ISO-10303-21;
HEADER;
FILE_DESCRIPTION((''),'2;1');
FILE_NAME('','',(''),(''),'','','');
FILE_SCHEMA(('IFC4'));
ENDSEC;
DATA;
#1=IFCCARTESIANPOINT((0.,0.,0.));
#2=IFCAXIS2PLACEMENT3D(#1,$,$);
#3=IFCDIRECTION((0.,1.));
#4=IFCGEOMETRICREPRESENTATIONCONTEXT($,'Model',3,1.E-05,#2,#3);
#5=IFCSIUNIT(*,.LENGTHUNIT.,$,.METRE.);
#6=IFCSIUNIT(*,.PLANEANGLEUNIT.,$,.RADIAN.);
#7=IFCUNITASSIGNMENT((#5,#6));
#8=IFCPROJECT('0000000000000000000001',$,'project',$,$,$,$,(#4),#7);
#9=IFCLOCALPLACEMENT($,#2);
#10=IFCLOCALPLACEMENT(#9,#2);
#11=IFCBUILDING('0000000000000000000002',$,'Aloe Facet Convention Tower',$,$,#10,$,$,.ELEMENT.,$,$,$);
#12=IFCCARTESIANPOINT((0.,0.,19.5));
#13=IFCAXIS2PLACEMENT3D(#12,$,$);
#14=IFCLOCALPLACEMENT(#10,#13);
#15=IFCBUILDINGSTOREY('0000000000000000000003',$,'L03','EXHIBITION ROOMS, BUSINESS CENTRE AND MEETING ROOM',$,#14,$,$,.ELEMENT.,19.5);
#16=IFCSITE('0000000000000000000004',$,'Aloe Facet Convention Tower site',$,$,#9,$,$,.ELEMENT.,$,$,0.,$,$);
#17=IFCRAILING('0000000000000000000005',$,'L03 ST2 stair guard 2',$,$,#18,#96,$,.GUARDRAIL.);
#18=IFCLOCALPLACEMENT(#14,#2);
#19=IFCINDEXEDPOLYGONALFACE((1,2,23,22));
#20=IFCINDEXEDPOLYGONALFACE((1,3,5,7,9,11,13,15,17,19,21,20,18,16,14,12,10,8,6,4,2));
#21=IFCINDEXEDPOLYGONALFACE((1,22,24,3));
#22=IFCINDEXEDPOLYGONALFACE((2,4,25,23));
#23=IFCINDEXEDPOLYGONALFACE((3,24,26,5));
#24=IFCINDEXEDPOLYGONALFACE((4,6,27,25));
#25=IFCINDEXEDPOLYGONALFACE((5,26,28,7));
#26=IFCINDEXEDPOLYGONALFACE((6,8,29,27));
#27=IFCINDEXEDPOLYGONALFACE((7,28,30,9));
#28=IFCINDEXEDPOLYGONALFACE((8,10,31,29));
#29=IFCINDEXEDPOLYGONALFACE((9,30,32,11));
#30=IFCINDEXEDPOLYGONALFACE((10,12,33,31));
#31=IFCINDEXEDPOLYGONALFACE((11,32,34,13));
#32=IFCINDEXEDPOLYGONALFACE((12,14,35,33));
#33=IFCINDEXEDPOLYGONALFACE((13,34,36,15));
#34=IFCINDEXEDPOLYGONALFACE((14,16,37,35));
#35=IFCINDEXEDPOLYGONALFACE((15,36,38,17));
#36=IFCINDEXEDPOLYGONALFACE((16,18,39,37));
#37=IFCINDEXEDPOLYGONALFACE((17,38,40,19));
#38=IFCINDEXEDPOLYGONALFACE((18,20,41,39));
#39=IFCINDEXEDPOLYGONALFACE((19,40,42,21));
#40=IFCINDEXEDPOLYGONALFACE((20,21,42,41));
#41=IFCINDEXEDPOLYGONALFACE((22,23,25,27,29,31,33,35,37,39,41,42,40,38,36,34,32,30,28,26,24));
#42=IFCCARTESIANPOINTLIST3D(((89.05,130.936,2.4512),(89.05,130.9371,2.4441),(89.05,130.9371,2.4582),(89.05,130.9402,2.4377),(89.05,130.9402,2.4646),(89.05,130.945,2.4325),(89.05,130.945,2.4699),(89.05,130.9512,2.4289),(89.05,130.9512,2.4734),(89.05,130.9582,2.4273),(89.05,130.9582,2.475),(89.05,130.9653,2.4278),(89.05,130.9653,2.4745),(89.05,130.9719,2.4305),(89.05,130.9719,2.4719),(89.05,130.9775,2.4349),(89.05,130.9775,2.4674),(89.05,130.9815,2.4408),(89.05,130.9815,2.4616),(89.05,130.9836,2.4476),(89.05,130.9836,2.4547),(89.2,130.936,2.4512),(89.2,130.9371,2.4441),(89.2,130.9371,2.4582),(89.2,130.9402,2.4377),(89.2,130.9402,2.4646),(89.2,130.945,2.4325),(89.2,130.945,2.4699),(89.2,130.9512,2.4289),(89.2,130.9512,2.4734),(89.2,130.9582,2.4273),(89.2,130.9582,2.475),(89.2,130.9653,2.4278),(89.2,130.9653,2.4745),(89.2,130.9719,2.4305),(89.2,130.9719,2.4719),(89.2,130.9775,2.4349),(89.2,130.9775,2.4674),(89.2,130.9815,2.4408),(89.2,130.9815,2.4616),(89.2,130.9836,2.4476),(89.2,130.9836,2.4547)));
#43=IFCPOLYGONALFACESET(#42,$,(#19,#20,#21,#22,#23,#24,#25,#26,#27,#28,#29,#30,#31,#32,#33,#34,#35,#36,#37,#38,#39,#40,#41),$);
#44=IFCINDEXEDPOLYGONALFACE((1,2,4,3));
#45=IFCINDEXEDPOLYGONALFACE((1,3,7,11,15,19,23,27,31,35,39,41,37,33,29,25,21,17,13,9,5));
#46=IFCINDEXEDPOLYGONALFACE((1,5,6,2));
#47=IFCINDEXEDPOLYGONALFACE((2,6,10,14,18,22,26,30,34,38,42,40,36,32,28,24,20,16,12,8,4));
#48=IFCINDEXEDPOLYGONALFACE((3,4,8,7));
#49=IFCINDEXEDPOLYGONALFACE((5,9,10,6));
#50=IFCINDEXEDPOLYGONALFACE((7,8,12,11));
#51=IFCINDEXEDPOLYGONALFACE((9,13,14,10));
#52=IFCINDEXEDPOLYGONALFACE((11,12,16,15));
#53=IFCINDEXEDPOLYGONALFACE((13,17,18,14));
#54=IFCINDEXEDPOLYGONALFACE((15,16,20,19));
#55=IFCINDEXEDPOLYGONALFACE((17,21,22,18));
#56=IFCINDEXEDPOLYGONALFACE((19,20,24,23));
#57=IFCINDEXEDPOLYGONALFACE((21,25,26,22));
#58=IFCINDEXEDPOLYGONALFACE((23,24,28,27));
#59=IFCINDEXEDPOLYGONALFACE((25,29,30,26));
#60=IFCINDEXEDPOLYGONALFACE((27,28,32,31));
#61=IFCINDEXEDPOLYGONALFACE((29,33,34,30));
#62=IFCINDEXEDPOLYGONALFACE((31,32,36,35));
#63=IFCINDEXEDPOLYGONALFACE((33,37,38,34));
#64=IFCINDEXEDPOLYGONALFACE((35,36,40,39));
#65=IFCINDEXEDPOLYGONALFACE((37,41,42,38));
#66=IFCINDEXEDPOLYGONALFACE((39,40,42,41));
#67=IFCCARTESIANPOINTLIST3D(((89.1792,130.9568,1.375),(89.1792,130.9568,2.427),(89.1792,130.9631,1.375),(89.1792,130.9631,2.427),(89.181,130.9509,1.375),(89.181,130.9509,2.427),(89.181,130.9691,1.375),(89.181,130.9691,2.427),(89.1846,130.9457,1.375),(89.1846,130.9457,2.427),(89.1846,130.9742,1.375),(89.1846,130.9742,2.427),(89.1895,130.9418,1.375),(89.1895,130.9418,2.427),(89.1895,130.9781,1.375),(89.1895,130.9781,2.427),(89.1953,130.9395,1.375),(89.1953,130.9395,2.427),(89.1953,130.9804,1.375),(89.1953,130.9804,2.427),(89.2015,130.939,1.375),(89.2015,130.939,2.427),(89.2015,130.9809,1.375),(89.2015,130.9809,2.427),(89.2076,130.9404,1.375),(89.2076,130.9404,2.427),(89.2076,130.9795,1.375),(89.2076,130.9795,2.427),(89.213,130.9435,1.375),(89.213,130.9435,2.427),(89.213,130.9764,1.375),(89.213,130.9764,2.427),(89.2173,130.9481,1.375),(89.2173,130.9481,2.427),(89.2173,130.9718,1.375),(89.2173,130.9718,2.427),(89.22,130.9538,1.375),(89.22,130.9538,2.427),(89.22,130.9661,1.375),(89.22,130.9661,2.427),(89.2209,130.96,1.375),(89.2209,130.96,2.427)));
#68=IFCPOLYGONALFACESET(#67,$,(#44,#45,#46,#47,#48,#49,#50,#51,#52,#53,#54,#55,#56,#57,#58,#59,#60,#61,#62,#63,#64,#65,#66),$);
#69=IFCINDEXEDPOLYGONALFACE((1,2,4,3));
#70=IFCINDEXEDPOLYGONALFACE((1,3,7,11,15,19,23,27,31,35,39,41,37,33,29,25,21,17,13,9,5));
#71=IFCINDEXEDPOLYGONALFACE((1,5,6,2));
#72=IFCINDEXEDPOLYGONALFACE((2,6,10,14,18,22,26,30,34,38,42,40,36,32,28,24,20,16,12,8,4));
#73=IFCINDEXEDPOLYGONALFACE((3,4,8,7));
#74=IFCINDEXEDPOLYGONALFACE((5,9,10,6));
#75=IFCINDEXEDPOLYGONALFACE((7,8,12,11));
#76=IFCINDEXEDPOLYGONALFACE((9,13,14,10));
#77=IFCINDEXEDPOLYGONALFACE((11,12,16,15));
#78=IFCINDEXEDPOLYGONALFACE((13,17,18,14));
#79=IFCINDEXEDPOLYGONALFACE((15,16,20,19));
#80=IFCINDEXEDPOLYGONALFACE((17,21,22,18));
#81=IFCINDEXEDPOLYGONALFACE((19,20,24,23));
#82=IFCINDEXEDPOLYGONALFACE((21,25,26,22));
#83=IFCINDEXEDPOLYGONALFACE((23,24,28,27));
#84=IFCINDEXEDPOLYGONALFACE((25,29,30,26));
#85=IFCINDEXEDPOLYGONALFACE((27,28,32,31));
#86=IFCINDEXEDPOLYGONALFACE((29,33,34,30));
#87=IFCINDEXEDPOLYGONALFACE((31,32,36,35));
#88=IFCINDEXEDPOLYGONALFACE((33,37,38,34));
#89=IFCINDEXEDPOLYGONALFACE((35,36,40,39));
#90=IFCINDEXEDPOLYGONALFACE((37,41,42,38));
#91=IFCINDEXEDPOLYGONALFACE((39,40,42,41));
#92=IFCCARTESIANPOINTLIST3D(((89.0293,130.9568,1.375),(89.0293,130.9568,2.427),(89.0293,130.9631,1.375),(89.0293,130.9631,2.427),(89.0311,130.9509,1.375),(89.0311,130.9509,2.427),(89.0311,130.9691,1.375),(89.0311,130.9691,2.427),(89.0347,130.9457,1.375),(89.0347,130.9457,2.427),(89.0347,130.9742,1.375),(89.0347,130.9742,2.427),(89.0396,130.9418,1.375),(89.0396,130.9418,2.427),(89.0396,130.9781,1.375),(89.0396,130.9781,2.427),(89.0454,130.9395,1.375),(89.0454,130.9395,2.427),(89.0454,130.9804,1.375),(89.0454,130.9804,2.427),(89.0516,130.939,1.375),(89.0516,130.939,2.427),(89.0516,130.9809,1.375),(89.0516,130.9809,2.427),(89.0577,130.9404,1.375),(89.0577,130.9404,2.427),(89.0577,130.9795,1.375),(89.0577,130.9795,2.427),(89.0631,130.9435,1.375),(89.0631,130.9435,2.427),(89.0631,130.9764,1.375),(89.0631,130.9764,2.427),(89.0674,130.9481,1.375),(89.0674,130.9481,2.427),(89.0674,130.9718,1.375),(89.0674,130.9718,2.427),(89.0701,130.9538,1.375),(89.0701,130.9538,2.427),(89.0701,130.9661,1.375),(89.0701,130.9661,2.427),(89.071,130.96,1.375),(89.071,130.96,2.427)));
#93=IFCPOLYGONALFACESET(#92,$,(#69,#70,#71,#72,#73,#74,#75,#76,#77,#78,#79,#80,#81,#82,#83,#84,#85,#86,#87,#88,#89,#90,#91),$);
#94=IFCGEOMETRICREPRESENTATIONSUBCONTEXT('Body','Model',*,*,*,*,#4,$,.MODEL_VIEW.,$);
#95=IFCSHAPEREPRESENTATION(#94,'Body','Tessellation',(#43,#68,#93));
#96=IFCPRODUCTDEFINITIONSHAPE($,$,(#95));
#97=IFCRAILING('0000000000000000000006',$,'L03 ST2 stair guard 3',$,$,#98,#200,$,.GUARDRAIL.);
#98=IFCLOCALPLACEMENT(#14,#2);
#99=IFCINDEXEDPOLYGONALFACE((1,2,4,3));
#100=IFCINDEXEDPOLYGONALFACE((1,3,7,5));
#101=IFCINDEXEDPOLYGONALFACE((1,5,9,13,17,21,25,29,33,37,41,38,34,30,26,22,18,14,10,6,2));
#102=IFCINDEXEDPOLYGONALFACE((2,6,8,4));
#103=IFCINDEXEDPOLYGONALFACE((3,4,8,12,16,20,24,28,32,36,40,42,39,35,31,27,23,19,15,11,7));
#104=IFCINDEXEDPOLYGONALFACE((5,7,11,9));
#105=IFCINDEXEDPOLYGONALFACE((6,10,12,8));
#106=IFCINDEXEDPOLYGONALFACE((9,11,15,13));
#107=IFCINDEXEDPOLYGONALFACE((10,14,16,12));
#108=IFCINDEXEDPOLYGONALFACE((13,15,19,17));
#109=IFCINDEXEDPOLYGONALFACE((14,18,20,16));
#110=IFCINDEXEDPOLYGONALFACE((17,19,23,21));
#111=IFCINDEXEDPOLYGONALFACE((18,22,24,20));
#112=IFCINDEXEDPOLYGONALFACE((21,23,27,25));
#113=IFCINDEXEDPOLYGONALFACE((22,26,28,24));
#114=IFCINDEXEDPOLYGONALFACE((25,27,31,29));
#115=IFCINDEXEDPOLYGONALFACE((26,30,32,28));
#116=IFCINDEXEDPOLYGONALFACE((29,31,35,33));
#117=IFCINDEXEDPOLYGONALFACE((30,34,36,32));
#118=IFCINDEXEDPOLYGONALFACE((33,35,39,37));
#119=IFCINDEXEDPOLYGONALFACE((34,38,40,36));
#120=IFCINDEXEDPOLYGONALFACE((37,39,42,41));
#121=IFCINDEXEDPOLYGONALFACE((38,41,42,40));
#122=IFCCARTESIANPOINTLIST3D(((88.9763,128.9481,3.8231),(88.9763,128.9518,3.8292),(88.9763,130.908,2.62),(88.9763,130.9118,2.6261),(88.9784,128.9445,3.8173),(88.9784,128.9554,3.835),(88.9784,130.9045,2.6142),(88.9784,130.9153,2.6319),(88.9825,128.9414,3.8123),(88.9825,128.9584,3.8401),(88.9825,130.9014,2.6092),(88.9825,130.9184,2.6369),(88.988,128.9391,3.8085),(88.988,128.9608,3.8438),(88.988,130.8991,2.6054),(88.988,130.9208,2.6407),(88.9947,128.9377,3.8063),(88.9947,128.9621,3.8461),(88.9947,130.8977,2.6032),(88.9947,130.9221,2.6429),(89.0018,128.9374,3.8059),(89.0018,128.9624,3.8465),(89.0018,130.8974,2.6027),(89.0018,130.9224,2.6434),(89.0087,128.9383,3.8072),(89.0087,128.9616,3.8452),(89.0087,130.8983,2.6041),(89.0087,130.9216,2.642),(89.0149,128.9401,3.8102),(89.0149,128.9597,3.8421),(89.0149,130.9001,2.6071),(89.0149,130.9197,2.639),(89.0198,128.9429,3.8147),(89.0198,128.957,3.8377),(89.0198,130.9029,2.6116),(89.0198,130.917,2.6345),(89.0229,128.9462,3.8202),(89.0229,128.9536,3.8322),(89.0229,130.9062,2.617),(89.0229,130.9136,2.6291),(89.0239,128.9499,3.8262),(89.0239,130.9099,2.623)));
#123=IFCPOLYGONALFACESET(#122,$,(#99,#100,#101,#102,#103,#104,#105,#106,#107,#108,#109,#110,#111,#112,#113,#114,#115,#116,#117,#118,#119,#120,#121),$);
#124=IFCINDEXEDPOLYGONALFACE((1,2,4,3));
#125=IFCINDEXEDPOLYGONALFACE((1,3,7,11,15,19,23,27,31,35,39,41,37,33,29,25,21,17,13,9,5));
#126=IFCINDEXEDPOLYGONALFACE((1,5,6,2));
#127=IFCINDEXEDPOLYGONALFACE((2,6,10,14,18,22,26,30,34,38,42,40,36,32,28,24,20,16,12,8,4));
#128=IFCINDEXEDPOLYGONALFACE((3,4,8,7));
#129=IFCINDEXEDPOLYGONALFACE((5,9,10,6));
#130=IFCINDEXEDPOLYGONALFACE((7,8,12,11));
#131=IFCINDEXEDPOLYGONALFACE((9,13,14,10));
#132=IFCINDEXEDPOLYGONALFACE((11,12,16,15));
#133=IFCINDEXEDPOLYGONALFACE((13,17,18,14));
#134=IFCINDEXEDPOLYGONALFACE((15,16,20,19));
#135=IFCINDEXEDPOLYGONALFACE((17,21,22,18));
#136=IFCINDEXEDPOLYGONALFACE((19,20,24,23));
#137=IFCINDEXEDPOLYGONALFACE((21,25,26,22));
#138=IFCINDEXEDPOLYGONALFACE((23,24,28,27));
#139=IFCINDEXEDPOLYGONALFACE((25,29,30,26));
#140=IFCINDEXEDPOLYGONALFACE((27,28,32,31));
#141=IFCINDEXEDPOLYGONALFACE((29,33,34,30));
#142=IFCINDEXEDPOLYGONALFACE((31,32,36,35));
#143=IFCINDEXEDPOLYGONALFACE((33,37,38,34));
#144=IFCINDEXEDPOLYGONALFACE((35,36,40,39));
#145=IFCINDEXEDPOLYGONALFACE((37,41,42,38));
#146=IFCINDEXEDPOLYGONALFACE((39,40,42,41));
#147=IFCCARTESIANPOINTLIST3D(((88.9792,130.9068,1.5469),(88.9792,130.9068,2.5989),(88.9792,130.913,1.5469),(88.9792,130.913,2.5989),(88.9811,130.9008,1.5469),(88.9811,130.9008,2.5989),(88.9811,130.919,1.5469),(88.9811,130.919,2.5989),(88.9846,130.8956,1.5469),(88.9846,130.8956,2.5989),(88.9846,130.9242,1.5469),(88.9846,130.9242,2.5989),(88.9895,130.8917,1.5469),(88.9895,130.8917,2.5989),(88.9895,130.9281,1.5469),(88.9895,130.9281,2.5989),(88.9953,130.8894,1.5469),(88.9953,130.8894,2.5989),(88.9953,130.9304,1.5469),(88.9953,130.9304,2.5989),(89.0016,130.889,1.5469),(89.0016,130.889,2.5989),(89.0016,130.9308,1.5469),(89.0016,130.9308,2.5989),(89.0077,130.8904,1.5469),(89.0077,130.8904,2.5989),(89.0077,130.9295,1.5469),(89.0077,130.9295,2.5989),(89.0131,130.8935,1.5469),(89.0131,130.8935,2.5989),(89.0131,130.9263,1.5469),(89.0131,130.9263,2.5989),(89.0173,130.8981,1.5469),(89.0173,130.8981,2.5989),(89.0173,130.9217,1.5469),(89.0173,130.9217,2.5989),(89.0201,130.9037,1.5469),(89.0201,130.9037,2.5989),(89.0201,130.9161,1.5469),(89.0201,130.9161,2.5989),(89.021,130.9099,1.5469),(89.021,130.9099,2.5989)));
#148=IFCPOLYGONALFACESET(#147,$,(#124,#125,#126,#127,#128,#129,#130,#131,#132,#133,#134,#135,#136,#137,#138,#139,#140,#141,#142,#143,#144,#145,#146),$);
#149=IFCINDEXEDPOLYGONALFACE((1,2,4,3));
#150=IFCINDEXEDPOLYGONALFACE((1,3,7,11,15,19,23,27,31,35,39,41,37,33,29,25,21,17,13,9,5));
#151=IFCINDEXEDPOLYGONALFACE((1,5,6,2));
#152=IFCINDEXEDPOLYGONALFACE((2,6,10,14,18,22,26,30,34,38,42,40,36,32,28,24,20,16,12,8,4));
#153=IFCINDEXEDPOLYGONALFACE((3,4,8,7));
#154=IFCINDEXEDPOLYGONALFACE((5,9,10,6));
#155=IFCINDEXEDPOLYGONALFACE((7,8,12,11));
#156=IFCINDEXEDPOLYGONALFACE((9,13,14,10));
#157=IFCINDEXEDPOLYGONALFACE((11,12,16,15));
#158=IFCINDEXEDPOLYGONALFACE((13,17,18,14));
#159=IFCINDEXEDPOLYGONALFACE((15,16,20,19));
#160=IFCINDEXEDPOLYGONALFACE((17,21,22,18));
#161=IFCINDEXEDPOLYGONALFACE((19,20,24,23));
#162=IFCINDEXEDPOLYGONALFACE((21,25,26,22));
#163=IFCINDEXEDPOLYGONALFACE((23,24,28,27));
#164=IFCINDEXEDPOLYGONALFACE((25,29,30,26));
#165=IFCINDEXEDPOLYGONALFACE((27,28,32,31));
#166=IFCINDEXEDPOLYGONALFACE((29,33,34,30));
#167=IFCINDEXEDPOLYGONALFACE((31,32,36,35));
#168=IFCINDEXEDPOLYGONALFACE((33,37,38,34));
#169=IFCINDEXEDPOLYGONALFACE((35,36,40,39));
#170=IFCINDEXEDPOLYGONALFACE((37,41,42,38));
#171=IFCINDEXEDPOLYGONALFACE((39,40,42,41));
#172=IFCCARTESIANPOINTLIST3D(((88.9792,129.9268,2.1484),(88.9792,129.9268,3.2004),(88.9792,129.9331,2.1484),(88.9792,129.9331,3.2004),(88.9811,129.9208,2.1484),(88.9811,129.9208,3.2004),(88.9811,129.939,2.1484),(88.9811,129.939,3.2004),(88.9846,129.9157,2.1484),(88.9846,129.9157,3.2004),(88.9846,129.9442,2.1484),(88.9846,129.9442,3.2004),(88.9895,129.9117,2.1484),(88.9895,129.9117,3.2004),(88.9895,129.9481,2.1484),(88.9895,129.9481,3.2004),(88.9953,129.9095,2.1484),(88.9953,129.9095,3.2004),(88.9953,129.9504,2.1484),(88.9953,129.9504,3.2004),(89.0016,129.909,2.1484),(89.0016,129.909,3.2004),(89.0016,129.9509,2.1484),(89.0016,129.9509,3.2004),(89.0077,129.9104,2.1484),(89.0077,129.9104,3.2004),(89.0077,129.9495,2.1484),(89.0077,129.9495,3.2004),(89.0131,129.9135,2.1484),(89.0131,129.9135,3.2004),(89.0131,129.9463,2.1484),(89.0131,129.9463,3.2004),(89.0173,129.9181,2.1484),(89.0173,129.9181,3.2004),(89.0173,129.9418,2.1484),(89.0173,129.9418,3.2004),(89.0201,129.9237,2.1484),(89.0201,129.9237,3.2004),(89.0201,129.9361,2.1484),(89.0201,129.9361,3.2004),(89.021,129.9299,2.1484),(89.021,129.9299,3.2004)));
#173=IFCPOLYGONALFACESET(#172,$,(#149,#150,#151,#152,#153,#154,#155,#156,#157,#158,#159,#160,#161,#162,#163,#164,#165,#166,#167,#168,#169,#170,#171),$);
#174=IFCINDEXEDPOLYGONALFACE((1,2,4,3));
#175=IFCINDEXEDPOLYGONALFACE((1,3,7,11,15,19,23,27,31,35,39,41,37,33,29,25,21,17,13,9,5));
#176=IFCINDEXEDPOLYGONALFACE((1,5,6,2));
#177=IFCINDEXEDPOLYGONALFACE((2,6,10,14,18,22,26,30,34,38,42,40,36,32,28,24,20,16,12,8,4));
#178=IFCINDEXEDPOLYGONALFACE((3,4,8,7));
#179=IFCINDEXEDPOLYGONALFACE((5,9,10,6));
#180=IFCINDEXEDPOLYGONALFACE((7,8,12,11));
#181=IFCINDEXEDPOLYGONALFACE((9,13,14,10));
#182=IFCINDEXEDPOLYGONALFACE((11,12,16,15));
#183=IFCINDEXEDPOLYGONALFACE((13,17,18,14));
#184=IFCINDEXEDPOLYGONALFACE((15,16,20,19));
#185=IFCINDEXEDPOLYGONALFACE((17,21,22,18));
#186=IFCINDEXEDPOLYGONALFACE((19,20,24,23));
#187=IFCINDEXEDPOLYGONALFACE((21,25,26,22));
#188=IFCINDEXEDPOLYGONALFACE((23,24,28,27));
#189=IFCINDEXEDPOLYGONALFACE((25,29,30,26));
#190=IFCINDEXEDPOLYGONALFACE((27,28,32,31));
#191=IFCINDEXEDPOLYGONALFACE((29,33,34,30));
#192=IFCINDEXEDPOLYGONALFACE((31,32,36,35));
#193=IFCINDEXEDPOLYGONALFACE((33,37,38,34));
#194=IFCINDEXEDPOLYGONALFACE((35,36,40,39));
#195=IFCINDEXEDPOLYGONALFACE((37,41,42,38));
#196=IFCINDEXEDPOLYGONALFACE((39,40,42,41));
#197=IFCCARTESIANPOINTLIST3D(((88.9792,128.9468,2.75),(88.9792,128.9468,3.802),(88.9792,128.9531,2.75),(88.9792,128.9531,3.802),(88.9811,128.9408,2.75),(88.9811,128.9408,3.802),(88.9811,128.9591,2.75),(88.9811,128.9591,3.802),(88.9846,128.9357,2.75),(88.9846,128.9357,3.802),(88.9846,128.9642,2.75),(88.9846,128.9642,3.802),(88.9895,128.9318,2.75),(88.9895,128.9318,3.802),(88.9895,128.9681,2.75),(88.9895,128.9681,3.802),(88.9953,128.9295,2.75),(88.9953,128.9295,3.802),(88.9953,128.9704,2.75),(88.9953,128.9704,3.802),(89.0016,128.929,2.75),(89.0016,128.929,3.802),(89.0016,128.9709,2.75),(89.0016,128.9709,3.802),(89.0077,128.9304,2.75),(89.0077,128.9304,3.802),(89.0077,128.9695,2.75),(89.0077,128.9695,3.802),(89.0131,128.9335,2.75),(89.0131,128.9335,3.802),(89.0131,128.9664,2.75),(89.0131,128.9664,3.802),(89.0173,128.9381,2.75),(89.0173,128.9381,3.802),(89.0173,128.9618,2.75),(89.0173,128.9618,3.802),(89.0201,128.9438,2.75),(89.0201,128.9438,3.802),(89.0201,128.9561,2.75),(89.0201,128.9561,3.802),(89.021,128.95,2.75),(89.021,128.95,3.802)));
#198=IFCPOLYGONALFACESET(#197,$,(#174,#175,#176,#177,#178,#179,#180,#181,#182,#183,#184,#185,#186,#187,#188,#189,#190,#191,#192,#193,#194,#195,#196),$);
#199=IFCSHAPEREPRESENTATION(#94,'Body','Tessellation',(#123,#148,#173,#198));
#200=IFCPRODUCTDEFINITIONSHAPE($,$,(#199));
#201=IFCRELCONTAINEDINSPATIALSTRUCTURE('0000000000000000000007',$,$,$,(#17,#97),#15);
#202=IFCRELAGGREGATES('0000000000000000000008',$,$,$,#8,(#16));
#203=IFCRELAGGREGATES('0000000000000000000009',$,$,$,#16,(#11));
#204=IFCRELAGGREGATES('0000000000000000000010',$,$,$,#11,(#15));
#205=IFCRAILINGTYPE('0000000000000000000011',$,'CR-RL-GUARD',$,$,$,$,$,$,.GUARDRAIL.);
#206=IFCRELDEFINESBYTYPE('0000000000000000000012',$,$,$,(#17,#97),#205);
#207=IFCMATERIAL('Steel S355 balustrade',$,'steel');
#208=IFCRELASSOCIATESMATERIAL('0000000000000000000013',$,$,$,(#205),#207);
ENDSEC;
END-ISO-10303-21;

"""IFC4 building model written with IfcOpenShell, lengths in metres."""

from ifc_helpers import new_model, si_unit, direction, frame, origin, origin_2d, place, context, subcontext, project, spatial, circle, extrude, material, type_object, element, save


model = new_model("IFC4")

# Units and contexts
model_context = context("Model", 3, precision=1e-05, world=origin(), true_north=direction((0.0, 1.0)))
body_context = subcontext(model_context, "Body", "Model", "MODEL_VIEW")
ifc_project = project(units=[si_unit("LENGTHUNIT", "METRE"), si_unit("PLANEANGLEUNIT", "RADIAN")], contexts=[model_context])

# Site, building, storey
site_placement = place(None, origin())
site = spatial("IfcSite", under=ifc_project, at=site_placement, Name="Aloe Facet Convention Tower site", CompositionType="ELEMENT", RefElevation=0.0)
building_placement = place(site_placement, origin())
building = spatial("IfcBuilding", under=site, at=building_placement, Name="Aloe Facet Convention Tower", CompositionType="ELEMENT")
storey_placement = place(building_placement, frame((0.0, 0.0, 19.5)))
storey = spatial("IfcBuildingStorey", under=building, at=storey_placement, Name="L03", Description="EXHIBITION ROOMS, BUSINESS CENTRE AND MEETING ROOM", CompositionType="ELEMENT", Elevation=19.5)

# Railings
ifc_material_1 = material(Name="Steel S355 balustrade", Category="steel")
railing_type = type_object("IfcRailingType", Name="CR-RL-GUARD", PredefinedType="GUARDRAIL", material=ifc_material_1)
railing_1_placement = place(storey_placement, frame((89.2, 130.96, 1.375)))
element("IfcRailing", 1, at=railing_1_placement, inside=storey, type_object=railing_type, Name="L03 ST2 stair guard 2", PredefinedType="GUARDRAIL", context=body_context, shape_type="SweptSolid", body=[
    extrude(circle(Radius=0.0239, at=origin_2d()), frame((0.0, 0.0, 1.0762), z_axis=(-1.0, 0.0, 0.0), x_axis=(0.0, -1.0, 0.0)), (0.0, 0.0, 1.0), 0.1499),
    extrude(circle(Radius=0.021, at=origin_2d()), origin(), (0.0, 0.0, 1.0), 1.052),
    extrude(circle(Radius=0.021, at=origin_2d()), frame((-0.1499, 0.0, 0.0)), (0.0, 0.0, 1.0), 1.052),
])
railing_2_placement = place(storey_placement, frame((89.0, 130.9099, 1.5469)))
element("IfcRailing", 2, at=railing_2_placement, inside=storey, type_object=railing_type, Name="L03 ST2 stair guard 3", PredefinedType="GUARDRAIL", context=body_context, shape_type="SweptSolid", body=[
    extrude(circle(Radius=0.0239, at=origin_2d()), frame((0.0, 0.0, 1.0762), z_axis=(0.0, -0.852241, 0.523149), x_axis=(1.0, 0.0, 0.0)), (0.0, 0.0, 1.0), 2.2998),
    extrude(circle(Radius=0.021, at=origin_2d()), origin(), (0.0, 0.0, 1.0), 1.052),
    extrude(circle(Radius=0.021, at=origin_2d()), frame((0.0, -0.98, 0.6016)), (0.0, 0.0, 1.0), 1.052),
    extrude(circle(Radius=0.021, at=origin_2d()), frame((0.0, -1.96, 1.2031)), (0.0, 0.0, 1.0), 1.052),
])

save(model, "model.ifc")
